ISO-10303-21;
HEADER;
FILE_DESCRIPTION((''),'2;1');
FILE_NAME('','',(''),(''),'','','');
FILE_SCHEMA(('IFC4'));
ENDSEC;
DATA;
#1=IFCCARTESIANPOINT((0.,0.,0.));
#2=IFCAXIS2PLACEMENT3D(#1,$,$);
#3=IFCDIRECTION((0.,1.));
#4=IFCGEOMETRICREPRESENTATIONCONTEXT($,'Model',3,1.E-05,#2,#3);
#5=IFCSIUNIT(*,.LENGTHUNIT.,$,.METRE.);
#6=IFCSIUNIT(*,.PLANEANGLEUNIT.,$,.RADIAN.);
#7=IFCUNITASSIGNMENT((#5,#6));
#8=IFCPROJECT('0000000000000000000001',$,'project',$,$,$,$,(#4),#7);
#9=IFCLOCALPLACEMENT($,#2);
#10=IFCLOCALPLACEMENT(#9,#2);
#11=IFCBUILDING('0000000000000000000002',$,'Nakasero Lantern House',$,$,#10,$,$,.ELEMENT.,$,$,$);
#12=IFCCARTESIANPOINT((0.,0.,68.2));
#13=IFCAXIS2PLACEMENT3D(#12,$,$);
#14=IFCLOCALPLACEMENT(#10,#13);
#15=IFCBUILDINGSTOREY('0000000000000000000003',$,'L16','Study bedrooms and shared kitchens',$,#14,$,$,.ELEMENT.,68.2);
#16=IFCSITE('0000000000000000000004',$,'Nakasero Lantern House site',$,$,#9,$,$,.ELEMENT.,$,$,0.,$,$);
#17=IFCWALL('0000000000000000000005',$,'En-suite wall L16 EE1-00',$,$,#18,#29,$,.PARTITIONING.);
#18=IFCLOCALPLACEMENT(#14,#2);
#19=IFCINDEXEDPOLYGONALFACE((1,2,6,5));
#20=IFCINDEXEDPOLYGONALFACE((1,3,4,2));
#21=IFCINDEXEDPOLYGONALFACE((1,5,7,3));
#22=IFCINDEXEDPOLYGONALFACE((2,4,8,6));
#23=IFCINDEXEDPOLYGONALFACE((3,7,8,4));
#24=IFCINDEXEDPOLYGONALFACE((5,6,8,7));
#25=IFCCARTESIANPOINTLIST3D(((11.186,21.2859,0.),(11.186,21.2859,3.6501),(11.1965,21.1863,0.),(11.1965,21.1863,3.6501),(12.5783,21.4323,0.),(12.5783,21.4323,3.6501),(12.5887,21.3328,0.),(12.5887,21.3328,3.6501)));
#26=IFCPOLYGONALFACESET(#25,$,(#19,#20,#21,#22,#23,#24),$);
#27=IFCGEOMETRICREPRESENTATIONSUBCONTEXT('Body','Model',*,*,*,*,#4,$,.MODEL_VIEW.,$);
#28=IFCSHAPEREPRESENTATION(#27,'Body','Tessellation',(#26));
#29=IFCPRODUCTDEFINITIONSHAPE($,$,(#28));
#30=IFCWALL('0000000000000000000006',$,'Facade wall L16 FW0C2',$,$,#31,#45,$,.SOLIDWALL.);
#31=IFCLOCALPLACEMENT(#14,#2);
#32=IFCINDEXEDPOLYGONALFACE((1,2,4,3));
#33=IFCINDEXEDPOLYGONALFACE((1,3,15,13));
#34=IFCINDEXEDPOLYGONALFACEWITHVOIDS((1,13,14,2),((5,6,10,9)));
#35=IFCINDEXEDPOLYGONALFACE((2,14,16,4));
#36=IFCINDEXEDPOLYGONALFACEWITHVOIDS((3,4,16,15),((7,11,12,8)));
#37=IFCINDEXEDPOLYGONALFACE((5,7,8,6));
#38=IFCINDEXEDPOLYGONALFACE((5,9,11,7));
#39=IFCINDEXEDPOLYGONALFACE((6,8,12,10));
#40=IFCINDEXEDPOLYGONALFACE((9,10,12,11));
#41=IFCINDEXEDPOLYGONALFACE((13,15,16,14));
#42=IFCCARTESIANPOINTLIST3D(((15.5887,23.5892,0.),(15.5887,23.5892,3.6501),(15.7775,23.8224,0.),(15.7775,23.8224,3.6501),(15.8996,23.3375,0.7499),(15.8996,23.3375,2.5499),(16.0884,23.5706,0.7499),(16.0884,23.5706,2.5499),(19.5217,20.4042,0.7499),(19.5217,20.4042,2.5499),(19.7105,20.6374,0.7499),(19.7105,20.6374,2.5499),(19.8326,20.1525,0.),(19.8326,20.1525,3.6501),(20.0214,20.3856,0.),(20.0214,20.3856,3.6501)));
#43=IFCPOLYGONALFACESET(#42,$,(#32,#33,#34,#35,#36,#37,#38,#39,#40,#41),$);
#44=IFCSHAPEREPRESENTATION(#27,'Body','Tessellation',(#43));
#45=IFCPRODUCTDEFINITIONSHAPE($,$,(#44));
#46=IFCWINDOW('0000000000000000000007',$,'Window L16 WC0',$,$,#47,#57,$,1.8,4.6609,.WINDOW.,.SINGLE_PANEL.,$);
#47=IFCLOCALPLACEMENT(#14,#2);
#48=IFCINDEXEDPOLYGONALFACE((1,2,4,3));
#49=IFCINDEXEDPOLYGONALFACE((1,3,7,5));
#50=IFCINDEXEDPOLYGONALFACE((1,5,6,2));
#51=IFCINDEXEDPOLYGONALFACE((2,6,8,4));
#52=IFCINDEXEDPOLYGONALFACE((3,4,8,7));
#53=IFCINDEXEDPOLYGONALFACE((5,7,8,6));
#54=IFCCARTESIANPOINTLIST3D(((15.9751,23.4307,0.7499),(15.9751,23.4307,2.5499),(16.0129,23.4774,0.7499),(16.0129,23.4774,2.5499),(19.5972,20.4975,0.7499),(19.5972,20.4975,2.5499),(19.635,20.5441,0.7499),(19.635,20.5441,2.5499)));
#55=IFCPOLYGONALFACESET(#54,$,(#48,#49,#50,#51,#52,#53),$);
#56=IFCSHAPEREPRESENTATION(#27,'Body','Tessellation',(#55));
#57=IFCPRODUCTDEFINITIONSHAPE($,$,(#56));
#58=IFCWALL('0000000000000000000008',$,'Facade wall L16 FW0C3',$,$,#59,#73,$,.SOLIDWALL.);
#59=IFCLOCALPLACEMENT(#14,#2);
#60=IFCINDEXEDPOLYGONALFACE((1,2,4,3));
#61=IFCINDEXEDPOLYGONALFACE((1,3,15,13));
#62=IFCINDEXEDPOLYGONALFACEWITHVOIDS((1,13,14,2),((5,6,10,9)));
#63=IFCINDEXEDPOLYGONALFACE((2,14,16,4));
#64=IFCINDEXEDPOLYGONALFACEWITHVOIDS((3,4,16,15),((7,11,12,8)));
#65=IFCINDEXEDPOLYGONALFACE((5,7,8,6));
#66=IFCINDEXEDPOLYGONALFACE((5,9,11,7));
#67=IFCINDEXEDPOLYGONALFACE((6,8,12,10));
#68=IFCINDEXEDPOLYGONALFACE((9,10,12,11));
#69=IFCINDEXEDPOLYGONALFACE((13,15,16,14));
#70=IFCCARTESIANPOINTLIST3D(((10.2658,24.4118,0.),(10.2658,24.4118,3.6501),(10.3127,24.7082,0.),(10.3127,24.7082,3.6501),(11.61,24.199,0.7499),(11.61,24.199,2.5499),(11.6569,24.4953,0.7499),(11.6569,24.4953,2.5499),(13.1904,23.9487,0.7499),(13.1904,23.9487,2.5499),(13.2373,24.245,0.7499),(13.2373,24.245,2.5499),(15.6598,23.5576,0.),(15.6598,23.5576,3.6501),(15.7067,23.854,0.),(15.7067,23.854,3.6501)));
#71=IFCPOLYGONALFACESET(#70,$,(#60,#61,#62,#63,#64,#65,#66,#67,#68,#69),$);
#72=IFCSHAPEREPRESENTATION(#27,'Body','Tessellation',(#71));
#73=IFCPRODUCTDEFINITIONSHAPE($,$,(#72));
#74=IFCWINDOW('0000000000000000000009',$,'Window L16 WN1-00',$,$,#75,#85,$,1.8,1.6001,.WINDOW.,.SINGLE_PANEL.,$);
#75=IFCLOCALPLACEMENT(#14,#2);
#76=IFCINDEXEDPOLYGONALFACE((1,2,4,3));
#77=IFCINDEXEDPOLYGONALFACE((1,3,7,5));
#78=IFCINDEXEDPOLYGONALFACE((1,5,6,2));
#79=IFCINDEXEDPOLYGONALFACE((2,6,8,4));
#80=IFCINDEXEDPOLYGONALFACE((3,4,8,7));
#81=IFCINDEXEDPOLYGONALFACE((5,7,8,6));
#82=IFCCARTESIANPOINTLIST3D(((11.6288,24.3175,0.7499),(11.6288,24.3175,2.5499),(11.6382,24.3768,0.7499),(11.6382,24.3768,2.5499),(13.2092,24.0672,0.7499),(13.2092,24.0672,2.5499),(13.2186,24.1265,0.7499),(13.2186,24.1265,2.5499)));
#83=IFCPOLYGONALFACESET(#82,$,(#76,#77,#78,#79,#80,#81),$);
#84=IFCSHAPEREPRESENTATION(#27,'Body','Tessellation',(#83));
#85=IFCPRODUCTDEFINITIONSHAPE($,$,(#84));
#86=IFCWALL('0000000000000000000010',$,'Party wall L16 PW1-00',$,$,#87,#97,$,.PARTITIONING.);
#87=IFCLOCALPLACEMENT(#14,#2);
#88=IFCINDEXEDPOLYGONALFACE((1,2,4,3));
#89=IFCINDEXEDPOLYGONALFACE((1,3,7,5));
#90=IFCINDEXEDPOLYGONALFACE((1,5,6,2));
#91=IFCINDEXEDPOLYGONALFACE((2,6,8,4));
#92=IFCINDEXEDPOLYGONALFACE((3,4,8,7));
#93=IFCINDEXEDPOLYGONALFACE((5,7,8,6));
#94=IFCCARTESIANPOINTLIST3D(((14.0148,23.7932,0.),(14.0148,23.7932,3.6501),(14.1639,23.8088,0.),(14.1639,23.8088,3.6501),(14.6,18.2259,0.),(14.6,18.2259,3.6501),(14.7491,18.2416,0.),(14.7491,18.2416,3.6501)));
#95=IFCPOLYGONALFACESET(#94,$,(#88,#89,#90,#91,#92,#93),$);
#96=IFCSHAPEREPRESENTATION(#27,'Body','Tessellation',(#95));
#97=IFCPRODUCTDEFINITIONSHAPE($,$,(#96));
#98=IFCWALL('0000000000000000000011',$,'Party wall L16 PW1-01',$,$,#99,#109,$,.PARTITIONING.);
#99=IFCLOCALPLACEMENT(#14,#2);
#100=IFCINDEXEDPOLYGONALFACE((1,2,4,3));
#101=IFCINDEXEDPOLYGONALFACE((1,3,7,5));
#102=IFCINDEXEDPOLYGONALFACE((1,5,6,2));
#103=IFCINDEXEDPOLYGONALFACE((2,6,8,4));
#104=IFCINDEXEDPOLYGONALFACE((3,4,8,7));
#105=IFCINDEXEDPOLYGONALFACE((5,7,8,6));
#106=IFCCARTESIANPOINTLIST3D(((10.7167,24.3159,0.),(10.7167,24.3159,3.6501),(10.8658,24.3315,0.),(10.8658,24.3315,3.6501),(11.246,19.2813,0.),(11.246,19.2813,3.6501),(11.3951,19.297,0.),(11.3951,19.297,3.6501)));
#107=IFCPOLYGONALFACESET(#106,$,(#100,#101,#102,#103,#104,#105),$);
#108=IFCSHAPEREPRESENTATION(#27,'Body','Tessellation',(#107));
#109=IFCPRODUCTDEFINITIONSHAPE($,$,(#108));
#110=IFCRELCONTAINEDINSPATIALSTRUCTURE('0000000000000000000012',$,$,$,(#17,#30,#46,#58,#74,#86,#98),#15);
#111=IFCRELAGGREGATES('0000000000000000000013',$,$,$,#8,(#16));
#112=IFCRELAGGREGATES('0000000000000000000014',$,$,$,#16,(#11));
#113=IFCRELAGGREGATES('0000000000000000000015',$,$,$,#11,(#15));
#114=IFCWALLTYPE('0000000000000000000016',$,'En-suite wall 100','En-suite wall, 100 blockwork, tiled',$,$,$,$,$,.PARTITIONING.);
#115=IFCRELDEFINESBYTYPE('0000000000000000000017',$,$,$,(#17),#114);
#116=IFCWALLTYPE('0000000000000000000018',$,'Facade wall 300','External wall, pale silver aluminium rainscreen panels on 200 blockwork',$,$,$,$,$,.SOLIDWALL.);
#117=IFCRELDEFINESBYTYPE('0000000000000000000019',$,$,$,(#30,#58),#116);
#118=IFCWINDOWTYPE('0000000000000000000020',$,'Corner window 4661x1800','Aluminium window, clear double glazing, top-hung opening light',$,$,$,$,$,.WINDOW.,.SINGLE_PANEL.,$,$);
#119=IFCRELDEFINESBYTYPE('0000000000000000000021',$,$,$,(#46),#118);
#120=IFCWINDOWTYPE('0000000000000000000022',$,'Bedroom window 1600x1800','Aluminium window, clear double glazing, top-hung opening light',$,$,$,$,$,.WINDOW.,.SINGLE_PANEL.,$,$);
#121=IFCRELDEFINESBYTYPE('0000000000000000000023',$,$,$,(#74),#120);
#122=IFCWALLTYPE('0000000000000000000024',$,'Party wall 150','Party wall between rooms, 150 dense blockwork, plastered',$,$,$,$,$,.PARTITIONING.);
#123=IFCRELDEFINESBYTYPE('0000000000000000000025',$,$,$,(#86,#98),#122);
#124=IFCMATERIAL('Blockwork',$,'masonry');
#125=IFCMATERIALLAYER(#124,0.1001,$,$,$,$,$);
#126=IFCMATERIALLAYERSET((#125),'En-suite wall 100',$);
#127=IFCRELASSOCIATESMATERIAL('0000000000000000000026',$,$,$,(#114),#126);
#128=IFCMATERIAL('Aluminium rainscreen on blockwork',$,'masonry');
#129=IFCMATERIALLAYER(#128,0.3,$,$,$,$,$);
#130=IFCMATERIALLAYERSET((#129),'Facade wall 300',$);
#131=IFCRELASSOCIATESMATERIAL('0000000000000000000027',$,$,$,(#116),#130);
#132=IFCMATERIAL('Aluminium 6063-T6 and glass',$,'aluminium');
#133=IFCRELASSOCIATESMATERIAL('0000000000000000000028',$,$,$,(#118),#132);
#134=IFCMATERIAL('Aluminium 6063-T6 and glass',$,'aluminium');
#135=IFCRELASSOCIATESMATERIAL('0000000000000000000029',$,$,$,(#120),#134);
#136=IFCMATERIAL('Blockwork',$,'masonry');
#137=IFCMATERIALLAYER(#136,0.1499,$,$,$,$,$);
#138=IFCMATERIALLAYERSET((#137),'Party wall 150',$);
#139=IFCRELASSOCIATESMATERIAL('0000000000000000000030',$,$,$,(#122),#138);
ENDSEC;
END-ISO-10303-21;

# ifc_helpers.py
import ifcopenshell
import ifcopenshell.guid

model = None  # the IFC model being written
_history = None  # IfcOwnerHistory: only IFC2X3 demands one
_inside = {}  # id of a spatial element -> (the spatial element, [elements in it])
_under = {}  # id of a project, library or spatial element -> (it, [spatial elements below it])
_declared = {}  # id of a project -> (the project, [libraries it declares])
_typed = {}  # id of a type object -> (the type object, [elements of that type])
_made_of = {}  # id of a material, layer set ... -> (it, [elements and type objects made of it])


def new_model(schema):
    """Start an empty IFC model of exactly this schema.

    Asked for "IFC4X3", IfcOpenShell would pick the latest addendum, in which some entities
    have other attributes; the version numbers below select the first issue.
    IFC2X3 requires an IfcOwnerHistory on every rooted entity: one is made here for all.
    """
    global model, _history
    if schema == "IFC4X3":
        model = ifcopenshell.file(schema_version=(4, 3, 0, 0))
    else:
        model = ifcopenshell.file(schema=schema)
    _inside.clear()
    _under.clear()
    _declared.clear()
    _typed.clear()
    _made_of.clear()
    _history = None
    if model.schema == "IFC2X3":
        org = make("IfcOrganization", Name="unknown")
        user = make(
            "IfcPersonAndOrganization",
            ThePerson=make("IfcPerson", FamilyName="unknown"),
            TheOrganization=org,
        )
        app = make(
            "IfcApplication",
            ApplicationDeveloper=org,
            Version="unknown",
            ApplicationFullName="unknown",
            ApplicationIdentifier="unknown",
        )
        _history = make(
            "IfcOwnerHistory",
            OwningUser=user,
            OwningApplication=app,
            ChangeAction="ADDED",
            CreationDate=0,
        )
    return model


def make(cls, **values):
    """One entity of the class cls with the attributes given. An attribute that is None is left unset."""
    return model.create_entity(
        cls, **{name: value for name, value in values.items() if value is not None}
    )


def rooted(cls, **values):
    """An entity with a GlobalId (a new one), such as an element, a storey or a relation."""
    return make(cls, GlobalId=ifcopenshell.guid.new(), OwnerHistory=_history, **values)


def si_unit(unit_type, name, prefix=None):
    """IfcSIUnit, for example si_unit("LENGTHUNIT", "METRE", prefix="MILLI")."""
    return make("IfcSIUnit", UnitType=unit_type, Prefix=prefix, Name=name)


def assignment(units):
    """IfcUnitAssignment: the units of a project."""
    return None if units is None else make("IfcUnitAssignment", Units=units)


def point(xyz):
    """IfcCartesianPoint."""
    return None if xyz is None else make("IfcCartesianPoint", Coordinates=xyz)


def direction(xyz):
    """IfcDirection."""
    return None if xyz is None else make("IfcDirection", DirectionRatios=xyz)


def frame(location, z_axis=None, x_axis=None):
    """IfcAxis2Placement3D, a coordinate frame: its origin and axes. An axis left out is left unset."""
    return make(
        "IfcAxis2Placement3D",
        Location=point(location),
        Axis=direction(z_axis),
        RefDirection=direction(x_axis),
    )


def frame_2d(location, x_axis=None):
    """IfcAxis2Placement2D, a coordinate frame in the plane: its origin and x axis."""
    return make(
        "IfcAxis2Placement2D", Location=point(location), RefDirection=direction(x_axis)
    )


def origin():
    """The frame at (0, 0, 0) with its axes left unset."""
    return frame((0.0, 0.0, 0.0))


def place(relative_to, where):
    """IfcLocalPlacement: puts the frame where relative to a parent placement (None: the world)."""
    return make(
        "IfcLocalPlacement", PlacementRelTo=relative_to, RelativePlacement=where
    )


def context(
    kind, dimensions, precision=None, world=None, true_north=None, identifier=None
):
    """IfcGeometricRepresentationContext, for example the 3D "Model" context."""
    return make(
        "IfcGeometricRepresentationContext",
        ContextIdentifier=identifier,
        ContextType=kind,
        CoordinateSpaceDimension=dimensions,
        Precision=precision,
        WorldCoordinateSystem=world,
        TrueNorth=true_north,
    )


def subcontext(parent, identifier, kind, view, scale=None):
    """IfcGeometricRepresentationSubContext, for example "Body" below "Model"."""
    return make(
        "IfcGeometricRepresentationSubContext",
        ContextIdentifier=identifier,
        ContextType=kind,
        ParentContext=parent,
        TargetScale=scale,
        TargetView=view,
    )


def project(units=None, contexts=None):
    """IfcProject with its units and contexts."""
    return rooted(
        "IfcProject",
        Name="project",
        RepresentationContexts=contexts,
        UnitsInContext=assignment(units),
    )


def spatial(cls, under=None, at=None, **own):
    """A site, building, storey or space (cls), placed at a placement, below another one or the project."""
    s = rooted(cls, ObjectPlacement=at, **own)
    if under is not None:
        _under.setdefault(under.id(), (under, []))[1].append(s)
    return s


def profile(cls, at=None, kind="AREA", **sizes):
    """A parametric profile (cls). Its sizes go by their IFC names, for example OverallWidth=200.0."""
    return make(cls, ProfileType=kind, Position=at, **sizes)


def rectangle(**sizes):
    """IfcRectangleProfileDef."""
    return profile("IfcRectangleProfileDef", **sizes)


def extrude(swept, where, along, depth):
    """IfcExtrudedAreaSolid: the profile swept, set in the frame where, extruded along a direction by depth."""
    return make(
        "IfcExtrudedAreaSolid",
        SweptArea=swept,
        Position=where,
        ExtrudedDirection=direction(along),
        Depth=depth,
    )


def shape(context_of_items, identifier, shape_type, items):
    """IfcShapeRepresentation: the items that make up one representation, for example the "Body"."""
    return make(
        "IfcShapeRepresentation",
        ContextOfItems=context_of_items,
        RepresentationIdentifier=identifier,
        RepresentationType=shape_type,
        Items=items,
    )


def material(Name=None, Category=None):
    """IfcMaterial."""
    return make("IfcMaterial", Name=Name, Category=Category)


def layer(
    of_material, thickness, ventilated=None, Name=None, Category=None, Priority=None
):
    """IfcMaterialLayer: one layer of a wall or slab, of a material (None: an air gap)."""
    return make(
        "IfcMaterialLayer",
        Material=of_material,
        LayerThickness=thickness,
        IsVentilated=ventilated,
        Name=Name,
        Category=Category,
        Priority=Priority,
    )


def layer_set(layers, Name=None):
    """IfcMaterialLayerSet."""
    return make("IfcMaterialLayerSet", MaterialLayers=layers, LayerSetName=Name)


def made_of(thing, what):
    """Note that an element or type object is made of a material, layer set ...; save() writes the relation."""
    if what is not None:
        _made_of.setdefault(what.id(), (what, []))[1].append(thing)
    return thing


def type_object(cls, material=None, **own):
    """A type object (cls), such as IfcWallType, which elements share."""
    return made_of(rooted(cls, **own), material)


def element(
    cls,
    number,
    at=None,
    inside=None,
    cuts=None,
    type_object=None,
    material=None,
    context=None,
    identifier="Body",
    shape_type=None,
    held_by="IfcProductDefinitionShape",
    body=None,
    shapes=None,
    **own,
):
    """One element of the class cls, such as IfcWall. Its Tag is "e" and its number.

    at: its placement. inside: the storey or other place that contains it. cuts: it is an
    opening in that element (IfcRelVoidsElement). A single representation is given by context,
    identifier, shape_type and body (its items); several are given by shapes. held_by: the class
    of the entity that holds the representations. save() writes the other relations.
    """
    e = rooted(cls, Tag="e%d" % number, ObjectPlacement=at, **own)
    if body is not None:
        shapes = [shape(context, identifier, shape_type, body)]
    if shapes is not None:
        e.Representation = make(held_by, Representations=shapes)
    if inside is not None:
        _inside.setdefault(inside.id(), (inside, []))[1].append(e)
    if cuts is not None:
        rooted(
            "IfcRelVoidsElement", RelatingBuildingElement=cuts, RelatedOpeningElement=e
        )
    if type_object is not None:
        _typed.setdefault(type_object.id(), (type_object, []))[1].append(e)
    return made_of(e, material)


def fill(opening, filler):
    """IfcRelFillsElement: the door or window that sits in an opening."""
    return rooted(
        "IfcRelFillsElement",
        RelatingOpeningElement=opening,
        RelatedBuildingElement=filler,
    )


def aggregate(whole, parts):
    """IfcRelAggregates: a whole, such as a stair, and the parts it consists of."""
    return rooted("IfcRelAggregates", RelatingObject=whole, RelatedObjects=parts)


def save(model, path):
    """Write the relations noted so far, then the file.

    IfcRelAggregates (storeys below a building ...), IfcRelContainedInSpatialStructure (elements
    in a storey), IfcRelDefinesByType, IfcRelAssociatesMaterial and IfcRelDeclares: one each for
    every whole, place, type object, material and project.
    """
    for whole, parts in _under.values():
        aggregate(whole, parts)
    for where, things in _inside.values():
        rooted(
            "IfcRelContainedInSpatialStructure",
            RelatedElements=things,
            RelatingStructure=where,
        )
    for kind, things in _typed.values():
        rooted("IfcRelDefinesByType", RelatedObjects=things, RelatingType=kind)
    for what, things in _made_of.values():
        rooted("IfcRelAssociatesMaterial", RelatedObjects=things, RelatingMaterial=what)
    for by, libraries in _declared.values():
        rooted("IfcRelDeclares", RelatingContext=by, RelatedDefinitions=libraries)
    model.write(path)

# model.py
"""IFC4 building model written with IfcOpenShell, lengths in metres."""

from ifc_helpers import new_model, si_unit, direction, frame, frame_2d, origin, place, context, subcontext, project, spatial, rectangle, extrude, material, layer, layer_set, type_object, element, fill, save


model = new_model("IFC4")

# Units and contexts
model_context = context("Model", 3, precision=1e-05, world=origin(), true_north=direction((0.0, 1.0)))
body_context = subcontext(model_context, "Body", "Model", "MODEL_VIEW")
ifc_project = project(units=[si_unit("LENGTHUNIT", "METRE"), si_unit("PLANEANGLEUNIT", "RADIAN")], contexts=[model_context])

# Site, building, storey
site_placement = place(None, origin())
site = spatial("IfcSite", under=ifc_project, at=site_placement, Name="Nakasero Lantern House site", CompositionType="ELEMENT", RefElevation=0.0)
building_placement = place(site_placement, origin())
building = spatial("IfcBuilding", under=site, at=building_placement, Name="Nakasero Lantern House", CompositionType="ELEMENT")
storey_placement = place(building_placement, frame((0.0, 0.0, 68.2)))
storey = spatial("IfcBuildingStorey", under=building, at=storey_placement, Name="L16", Description="Study bedrooms and shared kitchens", CompositionType="ELEMENT", Elevation=68.2)

# Shared definitions
ifc_material_1 = material(Name="Blockwork", Category="masonry")
ifc_layer_1 = layer(ifc_material_1, 0.1001)
ifc_layer_set_1 = layer_set([ifc_layer_1], Name="En-suite wall 100")
wall_type_1 = type_object("IfcWallType", Name="En-suite wall 100", Description="En-suite wall, 100 blockwork, tiled", PredefinedType="PARTITIONING", material=ifc_layer_set_1)

# Wall
wall_1_placement = place(storey_placement, frame((12.5835, 21.3826, 0.0), z_axis=(0.0, 0.0, 1.0), x_axis=(-0.994511, -0.10463, 0.0)))
element("IfcWall", 1, at=wall_1_placement, inside=storey, type_object=wall_type_1, Name="En-suite wall L16 EE1-00", PredefinedType="PARTITIONING", context=body_context, shape_type="SweptSolid", body=[
    extrude(rectangle(XDim=1.3999, YDim=0.1001, at=frame_2d((0.7, 0.0))), origin(), (0.0, 0.0, 1.0), 3.6501),
])

# Walls, openings, windows
ifc_material_2 = material(Name="Aluminium rainscreen on blockwork", Category="masonry")
ifc_layer_2 = layer(ifc_material_2, 0.3)
ifc_layer_set_2 = layer_set([ifc_layer_2], Name="Facade wall 300")
wall_type_2 = type_object("IfcWallType", Name="Facade wall 300", Description="External wall, pale silver aluminium rainscreen panels on 200 blockwork", PredefinedType="SOLIDWALL", material=ifc_layer_set_2)
wall_2_placement = place(storey_placement, frame((19.927, 20.269, 0.0), z_axis=(0.0, 0.0, 1.0), x_axis=(-0.777135, 0.629335, 0.0)))
wall_2 = element("IfcWall", 2, at=wall_2_placement, inside=storey, type_object=wall_type_2, Name="Facade wall L16 FW0C2", PredefinedType="SOLIDWALL", context=body_context, shape_type="SweptSolid", body=[
    extrude(rectangle(XDim=5.4609, YDim=0.3, at=frame_2d((2.7305, 0.0))), origin(), (0.0, 0.0, 1.0), 3.6501),
])
opening_1_placement = place(wall_2_placement, frame((0.3999, 0.0, 0.75)))
opening_1 = element("IfcOpeningElement", 3, at=opening_1_placement, cuts=wall_2, PredefinedType="OPENING", context=body_context, shape_type="SweptSolid", body=[
    extrude(rectangle(XDim=4.6609, YDim=1.8, at=frame_2d((2.3306, 0.8999))), frame((0.0, 0.1699, 0.0), z_axis=(0.0, -1.0, 0.0), x_axis=(1.0, 0.0, 0.0)), (0.0, 0.0, 1.0), 0.3401),
])
ifc_material_3 = material(Name="Aluminium 6063-T6 and glass", Category="aluminium")
window_type_1 = type_object("IfcWindowType", Name="Corner window 4661x1800", Description="Aluminium window, clear double glazing, top-hung opening light", PartitioningType="SINGLE_PANEL", PredefinedType="WINDOW", material=ifc_material_3)
window_1_placement = place(opening_1_placement, origin())
window_1 = element("IfcWindow", 4, at=window_1_placement, inside=storey, type_object=window_type_1, Name="Window L16 WC0", OverallHeight=1.8, OverallWidth=4.6609, PartitioningType="SINGLE_PANEL", PredefinedType="WINDOW", context=body_context, shape_type="SweptSolid", body=[
    extrude(rectangle(XDim=4.6609, YDim=1.8, at=frame_2d((2.3306, 0.8999))), frame((0.0, 0.03, 0.0), z_axis=(0.0, -1.0, 0.0), x_axis=(1.0, 0.0, 0.0)), (0.0, 0.0, 1.0), 0.0601),
])
fill(opening_1, window_1)
wall_3_placement = place(storey_placement, frame((15.6831, 23.7058, 0.0), z_axis=(0.0, 0.0, 1.0), x_axis=(-0.987691, 0.156419, 0.0)))
wall_3 = element("IfcWall", 5, at=wall_3_placement, inside=storey, type_object=wall_type_2, Name="Facade wall L16 FW0C3", PredefinedType="SOLIDWALL", context=body_context, shape_type="SweptSolid", body=[
    extrude(rectangle(XDim=5.4612, YDim=0.3, at=frame_2d((2.7305, 0.0))), origin(), (0.0, 0.0, 1.0), 3.6501),
])
opening_2_placement = place(wall_3_placement, frame((2.5, 0.0, 0.75)))
opening_2 = element("IfcOpeningElement", 6, at=opening_2_placement, cuts=wall_3, PredefinedType="OPENING", context=body_context, shape_type="SweptSolid", body=[
    extrude(rectangle(XDim=1.6001, YDim=1.8, at=frame_2d((0.8, 0.8999))), frame((0.0, 0.1699, 0.0), z_axis=(0.0, -1.0, 0.0), x_axis=(1.0, 0.0, 0.0)), (0.0, 0.0, 1.0), 0.3401),
])
ifc_material_4 = material(Name="Aluminium 6063-T6 and glass", Category="aluminium")
window_type_2 = type_object("IfcWindowType", Name="Bedroom window 1600x1800", Description="Aluminium window, clear double glazing, top-hung opening light", PartitioningType="SINGLE_PANEL", PredefinedType="WINDOW", material=ifc_material_4)
window_2_placement = place(opening_2_placement, origin())
window_2 = element("IfcWindow", 7, at=window_2_placement, inside=storey, type_object=window_type_2, Name="Window L16 WN1-00", OverallHeight=1.8, OverallWidth=1.6001, PartitioningType="SINGLE_PANEL", PredefinedType="WINDOW", context=body_context, shape_type="SweptSolid", body=[
    extrude(rectangle(XDim=1.6001, YDim=1.8, at=frame_2d((0.8, 0.8999))), frame((0.0, 0.03, 0.0), z_axis=(0.0, -1.0, 0.0), x_axis=(1.0, 0.0, 0.0)), (0.0, 0.0, 1.0), 0.0601),
])
fill(opening_2, window_2)

# Walls
ifc_material_5 = material(Name="Blockwork", Category="masonry")
ifc_layer_3 = layer(ifc_material_5, 0.1499)
ifc_layer_set_3 = layer_set([ifc_layer_3], Name="Party wall 150")
wall_type_3 = type_object("IfcWallType", Name="Party wall 150", Description="Party wall between rooms, 150 dense blockwork, plastered", PredefinedType="PARTITIONING", material=ifc_layer_set_3)
wall_4_placement = place(storey_placement, frame((14.6746, 18.2339, 0.0), z_axis=(0.0, 0.0, 1.0), x_axis=(-0.104542, 0.99452, 0.0)))
element("IfcWall", 8, at=wall_4_placement, inside=storey, type_object=wall_type_3, Name="Party wall L16 PW1-00", PredefinedType="PARTITIONING", context=body_context, shape_type="SweptSolid", body=[
    extrude(rectangle(XDim=5.5979, YDim=0.1499, at=frame_2d((2.7988, 0.0))), origin(), (0.0, 0.0, 1.0), 3.6501),
])
wall_5_placement = place(storey_placement, frame((11.3206, 19.2891, 0.0), z_axis=(0.0, 0.0, 1.0), x_axis=(-0.104559, 0.994519, 0.0)))
element("IfcWall", 9, at=wall_5_placement, inside=storey, type_object=wall_type_3, Name="Party wall L16 PW1-01", PredefinedType="PARTITIONING", context=body_context, shape_type="SweptSolid", body=[
    extrude(rectangle(XDim=5.0623, YDim=0.1499, at=frame_2d((2.5312, 0.0))), origin(), (0.0, 0.0, 1.0), 3.6501),
])

save(model, "model.ifc")
